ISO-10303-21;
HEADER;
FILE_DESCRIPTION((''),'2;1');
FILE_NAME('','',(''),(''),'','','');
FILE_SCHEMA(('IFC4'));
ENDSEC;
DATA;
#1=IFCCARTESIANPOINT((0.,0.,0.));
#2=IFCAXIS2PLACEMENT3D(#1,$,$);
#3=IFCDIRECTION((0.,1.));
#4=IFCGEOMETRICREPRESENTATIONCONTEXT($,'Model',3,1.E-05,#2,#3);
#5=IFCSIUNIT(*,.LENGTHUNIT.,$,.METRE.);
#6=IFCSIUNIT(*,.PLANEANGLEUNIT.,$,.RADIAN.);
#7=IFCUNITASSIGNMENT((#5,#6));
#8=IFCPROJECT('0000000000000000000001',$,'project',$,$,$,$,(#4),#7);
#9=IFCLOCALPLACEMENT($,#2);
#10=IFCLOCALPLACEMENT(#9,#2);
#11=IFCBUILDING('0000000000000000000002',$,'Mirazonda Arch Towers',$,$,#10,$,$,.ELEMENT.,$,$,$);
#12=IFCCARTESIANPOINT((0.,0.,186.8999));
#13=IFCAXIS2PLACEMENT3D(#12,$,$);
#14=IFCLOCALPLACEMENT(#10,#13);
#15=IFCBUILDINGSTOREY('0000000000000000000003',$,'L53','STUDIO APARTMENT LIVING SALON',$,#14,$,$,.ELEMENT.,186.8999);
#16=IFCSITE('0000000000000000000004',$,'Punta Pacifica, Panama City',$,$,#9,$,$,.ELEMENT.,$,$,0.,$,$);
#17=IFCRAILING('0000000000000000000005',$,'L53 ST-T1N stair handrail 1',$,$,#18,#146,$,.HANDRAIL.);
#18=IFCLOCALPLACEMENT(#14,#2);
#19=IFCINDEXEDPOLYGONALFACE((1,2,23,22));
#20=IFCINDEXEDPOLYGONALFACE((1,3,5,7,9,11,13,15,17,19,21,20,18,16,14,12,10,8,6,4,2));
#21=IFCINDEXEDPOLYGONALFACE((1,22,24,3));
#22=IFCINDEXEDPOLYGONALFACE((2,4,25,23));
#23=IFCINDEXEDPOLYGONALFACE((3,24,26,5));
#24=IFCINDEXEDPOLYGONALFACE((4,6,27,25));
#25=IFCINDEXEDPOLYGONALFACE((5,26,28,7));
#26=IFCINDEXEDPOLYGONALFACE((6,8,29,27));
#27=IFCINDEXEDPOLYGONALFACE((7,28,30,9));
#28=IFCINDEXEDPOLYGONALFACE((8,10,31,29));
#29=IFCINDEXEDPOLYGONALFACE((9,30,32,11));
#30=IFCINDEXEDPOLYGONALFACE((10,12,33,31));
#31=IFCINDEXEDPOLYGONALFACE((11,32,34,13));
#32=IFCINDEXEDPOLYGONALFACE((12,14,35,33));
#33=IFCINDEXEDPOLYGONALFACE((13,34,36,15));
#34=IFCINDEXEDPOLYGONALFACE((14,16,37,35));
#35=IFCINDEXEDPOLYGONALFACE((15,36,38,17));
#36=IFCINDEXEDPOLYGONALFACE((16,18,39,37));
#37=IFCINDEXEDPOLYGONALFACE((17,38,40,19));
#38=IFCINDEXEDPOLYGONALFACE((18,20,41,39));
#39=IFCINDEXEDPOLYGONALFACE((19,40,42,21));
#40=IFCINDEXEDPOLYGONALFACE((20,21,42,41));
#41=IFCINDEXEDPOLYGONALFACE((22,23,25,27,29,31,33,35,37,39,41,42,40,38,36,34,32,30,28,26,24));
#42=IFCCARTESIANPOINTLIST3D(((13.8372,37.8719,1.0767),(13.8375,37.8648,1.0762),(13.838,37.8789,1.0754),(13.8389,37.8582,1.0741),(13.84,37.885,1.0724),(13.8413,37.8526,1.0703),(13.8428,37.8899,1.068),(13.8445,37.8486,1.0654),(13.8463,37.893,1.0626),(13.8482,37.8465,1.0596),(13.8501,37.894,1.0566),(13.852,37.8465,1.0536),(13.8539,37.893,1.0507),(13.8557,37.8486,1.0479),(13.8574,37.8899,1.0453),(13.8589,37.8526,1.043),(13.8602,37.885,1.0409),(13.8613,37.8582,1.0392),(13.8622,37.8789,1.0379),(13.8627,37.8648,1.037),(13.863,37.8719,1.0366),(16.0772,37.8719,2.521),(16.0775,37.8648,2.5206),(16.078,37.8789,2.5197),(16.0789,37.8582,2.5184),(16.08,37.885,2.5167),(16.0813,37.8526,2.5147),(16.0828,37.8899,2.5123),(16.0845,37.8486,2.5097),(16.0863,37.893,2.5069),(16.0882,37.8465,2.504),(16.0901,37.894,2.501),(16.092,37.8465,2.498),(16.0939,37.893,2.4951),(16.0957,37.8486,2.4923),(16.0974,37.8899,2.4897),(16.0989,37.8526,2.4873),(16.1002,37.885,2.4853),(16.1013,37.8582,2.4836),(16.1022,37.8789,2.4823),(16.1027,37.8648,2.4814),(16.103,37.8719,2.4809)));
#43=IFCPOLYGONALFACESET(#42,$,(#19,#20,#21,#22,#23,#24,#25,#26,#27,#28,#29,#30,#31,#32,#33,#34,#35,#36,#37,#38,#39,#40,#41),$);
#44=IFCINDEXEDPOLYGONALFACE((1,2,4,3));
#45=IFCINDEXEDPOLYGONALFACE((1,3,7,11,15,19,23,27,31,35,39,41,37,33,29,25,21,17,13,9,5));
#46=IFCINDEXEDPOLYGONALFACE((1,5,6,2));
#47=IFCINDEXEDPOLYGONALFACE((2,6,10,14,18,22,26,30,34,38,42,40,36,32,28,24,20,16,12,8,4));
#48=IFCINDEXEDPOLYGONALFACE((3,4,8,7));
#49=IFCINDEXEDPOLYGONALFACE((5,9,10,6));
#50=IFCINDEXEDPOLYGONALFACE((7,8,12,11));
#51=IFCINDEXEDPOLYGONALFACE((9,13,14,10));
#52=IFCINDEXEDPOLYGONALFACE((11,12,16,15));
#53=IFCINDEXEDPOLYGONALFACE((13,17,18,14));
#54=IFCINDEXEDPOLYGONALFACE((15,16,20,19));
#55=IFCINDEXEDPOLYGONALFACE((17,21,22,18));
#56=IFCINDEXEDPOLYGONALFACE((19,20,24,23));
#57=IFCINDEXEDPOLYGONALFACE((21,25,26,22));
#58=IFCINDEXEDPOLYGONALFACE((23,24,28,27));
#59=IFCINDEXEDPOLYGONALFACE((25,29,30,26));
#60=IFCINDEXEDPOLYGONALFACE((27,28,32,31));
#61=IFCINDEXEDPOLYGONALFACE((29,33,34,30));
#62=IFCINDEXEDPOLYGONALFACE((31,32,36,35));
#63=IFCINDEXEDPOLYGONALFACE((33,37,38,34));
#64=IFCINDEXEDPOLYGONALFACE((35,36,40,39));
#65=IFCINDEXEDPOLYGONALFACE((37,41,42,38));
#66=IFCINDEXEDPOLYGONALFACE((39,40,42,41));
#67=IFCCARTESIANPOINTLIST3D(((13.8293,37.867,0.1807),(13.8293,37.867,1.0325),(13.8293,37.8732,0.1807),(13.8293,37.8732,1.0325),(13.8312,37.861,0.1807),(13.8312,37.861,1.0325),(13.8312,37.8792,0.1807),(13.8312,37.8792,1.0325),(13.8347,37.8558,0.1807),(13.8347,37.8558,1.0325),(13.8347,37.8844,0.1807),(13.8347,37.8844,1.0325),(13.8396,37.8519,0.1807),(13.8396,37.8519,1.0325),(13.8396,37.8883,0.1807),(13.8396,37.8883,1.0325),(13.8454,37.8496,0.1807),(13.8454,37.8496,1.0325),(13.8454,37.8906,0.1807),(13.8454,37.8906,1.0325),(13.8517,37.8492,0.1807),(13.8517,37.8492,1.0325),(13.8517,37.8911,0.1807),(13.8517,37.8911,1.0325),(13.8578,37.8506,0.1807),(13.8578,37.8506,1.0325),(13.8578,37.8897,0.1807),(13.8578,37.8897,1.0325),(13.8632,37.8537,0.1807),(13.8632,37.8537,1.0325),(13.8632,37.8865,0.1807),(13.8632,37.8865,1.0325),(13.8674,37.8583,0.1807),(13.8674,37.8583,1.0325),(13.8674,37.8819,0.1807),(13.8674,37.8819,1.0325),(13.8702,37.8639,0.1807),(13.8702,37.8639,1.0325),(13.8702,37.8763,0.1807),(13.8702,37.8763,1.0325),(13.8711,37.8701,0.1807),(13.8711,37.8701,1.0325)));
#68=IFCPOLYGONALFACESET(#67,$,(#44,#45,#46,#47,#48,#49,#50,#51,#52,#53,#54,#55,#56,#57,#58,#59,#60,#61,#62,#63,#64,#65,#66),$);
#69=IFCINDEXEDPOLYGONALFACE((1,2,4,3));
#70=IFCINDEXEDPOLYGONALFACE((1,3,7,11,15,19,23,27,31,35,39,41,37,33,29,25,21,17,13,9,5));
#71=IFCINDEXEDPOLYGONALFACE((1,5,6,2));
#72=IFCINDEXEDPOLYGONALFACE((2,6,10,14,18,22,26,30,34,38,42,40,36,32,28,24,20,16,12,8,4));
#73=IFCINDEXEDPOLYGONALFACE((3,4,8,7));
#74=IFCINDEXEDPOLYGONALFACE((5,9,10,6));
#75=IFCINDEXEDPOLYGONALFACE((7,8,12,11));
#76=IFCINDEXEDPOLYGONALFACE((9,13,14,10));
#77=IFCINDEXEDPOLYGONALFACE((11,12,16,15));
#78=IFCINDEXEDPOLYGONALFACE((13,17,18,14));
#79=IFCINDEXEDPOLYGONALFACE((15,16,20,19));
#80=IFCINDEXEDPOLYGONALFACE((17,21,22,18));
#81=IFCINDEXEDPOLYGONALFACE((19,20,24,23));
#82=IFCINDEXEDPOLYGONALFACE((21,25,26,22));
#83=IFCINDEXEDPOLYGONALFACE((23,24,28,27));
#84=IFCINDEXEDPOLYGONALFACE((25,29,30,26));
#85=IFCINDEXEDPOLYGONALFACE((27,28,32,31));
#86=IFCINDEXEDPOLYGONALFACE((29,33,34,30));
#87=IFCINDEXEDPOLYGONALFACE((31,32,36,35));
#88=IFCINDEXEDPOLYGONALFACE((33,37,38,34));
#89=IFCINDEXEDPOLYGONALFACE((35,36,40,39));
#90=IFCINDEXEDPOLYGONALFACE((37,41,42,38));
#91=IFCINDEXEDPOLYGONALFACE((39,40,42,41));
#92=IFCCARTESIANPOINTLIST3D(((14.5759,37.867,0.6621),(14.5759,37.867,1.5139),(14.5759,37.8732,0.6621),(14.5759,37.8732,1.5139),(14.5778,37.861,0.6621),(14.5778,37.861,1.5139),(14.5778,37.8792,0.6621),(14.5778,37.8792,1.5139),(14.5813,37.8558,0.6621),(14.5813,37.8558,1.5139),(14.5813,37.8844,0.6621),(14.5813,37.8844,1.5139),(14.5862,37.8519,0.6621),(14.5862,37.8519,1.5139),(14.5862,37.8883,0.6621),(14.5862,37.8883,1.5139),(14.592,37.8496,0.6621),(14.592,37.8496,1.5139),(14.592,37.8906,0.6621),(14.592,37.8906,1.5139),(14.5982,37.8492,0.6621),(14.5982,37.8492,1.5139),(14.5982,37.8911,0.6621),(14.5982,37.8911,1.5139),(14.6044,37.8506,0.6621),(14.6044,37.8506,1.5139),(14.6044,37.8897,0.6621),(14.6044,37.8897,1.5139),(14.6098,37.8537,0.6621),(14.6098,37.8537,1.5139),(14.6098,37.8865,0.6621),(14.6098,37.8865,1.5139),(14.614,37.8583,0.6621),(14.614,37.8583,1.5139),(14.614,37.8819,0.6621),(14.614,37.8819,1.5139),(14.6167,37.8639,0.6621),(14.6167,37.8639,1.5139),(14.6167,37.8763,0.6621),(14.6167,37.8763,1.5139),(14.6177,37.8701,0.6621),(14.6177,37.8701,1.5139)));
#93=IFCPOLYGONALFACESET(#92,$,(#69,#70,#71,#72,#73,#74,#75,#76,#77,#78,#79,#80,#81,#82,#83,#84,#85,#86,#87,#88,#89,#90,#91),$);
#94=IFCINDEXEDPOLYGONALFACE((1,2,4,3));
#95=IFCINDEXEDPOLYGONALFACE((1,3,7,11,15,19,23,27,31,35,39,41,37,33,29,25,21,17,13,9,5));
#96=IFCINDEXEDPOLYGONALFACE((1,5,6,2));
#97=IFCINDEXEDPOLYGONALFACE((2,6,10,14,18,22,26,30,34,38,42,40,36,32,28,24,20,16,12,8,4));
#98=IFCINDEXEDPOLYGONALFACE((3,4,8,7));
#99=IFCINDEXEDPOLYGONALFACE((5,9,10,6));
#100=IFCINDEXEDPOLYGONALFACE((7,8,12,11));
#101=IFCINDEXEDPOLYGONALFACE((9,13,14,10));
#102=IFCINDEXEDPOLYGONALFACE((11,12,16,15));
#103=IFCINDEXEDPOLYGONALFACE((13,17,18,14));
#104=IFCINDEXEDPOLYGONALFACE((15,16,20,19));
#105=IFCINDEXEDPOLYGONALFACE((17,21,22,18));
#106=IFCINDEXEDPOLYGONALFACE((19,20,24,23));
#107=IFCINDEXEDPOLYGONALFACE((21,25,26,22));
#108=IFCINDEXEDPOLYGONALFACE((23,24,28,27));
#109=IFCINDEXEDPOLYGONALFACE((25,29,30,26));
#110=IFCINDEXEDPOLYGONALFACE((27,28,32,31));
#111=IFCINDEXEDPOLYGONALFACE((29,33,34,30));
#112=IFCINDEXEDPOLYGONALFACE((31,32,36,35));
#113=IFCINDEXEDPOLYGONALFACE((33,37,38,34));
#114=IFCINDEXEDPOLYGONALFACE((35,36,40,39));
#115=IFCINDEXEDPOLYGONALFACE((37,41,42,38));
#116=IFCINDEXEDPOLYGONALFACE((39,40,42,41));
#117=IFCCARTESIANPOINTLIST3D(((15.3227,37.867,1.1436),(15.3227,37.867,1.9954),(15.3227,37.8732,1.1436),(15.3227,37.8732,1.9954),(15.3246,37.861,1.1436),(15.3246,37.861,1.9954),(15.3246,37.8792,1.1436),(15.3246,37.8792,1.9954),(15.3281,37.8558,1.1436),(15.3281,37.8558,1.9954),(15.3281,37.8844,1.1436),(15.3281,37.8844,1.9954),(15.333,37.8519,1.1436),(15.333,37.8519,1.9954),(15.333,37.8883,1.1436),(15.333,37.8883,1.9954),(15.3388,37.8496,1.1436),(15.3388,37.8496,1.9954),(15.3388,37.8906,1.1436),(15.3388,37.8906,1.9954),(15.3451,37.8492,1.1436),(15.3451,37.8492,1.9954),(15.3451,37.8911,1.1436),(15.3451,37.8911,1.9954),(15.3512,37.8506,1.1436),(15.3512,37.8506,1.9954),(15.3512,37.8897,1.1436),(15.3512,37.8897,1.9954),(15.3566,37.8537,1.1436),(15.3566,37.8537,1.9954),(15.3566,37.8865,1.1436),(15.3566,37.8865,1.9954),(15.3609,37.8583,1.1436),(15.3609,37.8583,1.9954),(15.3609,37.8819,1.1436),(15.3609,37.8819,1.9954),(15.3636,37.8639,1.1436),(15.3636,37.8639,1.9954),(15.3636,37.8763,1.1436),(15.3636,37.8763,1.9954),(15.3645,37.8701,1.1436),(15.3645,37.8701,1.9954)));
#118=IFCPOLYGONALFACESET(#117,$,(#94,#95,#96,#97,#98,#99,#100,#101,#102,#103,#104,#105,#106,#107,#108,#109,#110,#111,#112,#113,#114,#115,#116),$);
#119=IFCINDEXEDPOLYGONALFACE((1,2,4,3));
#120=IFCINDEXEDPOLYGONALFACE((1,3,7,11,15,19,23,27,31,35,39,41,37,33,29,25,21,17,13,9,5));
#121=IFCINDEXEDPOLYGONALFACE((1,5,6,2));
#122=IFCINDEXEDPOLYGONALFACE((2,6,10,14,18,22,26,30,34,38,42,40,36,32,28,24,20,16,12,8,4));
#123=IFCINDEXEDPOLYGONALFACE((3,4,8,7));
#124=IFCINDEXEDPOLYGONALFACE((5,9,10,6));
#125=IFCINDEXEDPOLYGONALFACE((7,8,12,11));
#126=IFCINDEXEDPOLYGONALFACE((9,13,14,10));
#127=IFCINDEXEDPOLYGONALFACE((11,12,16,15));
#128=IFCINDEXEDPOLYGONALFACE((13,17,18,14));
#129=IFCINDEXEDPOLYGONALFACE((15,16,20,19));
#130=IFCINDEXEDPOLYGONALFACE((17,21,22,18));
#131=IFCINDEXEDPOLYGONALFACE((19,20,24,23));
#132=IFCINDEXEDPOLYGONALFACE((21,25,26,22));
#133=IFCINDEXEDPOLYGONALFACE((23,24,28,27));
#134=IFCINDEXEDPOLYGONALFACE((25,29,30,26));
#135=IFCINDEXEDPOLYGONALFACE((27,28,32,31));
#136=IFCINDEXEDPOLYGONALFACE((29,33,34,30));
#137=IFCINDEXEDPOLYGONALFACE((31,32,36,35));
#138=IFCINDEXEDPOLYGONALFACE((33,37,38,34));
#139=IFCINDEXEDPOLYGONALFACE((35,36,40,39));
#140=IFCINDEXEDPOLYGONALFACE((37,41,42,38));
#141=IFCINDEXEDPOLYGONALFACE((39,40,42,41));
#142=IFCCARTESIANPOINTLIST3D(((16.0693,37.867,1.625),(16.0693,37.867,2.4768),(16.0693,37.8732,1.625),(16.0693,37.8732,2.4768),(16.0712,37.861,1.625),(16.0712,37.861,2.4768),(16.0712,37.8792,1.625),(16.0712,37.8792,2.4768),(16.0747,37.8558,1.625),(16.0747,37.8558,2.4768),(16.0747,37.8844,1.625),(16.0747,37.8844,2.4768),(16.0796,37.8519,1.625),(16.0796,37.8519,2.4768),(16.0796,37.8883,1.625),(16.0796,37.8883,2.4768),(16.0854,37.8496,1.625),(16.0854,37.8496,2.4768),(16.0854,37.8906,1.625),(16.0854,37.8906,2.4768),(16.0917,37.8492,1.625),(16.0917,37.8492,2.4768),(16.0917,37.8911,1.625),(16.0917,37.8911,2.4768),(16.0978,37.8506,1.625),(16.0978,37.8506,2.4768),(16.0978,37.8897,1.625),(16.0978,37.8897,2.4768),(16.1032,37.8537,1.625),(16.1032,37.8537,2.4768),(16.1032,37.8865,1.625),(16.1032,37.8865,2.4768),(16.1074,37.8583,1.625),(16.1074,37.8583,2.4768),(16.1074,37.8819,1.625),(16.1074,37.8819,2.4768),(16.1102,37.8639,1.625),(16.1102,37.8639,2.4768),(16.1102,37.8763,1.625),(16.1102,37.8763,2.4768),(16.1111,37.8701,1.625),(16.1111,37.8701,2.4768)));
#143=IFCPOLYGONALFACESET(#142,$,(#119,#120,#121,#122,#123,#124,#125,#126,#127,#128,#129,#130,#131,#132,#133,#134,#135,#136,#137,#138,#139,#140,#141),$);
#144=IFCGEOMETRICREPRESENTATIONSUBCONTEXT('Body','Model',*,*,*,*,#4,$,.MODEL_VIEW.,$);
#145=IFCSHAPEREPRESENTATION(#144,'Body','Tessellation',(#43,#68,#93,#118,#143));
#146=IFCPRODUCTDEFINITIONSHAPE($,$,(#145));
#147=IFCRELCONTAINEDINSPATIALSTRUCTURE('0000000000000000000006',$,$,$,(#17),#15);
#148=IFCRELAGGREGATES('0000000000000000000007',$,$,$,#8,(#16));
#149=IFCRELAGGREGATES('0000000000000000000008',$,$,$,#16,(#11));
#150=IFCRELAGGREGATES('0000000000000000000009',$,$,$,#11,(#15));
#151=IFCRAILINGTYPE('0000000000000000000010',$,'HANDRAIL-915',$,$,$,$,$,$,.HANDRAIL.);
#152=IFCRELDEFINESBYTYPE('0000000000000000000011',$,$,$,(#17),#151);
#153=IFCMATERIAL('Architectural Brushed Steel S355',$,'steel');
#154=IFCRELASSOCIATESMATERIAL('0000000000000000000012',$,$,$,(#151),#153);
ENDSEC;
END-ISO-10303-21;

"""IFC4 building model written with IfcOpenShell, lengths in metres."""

from ifc_helpers import new_model, si_unit, direction, frame, origin, origin_2d, place, context, subcontext, project, spatial, circle, extrude, material, type_object, element, save


model = new_model("IFC4")

# Units and contexts
model_context = context("Model", 3, precision=1e-05, world=origin(), true_north=direction((0.0, 1.0)))
body_context = subcontext(model_context, "Body", "Model", "MODEL_VIEW")
ifc_project = project(units=[si_unit("LENGTHUNIT", "METRE"), si_unit("PLANEANGLEUNIT", "RADIAN")], contexts=[model_context])

# Site, building, storey
site_placement = place(None, origin())
site = spatial("IfcSite", under=ifc_project, at=site_placement, Name="Punta Pacifica, Panama City", CompositionType="ELEMENT", RefElevation=0.0)
building_placement = place(site_placement, origin())
building = spatial("IfcBuilding", under=site, at=building_placement, Name="Mirazonda Arch Towers", CompositionType="ELEMENT")
storey_placement = place(building_placement, frame((0.0, 0.0, 186.8999)))
storey = spatial("IfcBuildingStorey", under=building, at=storey_placement, Name="L53", Description="STUDIO APARTMENT LIVING SALON", CompositionType="ELEMENT", Elevation=186.8999)

# Shared definitions
ifc_material_1 = material(Name="Architectural Brushed Steel S355", Category="steel")

# Railing
railing_type_1 = type_object("IfcRailingType", Name="HANDRAIL-915", PredefinedType="HANDRAIL", material=ifc_material_1)
railing_1_placement = place(storey_placement, frame((13.8501, 37.8701, 0.1807)))
element("IfcRailing", 1, at=railing_1_placement, inside=storey, type_object=railing_type_1, Name="L53 ST-T1N stair handrail 1", PredefinedType="HANDRAIL", context=body_context, shape_type="SweptSolid", body=[
    extrude(circle(Radius=0.0239, at=origin_2d()), frame((0.0, 0.0, 0.876), z_axis=(0.840437, 0.0, 0.54191), x_axis=(0.0, 1.0, 0.0)), (0.0, 0.0, 1.0), 2.6653),
    extrude(circle(Radius=0.021, at=origin_2d()), origin(), (0.0, 0.0, 1.0), 0.8518),
    extrude(circle(Radius=0.021, at=origin_2d()), frame((0.7466, 0.0, 0.4814)), (0.0, 0.0, 1.0), 0.8518),
    extrude(circle(Radius=0.021, at=origin_2d()), frame((1.4934, 0.0, 0.9629)), (0.0, 0.0, 1.0), 0.8518),
    extrude(circle(Radius=0.021, at=origin_2d()), frame((2.24, 0.0, 1.4443)), (0.0, 0.0, 1.0), 0.8518),
])

save(model, "model.ifc")
